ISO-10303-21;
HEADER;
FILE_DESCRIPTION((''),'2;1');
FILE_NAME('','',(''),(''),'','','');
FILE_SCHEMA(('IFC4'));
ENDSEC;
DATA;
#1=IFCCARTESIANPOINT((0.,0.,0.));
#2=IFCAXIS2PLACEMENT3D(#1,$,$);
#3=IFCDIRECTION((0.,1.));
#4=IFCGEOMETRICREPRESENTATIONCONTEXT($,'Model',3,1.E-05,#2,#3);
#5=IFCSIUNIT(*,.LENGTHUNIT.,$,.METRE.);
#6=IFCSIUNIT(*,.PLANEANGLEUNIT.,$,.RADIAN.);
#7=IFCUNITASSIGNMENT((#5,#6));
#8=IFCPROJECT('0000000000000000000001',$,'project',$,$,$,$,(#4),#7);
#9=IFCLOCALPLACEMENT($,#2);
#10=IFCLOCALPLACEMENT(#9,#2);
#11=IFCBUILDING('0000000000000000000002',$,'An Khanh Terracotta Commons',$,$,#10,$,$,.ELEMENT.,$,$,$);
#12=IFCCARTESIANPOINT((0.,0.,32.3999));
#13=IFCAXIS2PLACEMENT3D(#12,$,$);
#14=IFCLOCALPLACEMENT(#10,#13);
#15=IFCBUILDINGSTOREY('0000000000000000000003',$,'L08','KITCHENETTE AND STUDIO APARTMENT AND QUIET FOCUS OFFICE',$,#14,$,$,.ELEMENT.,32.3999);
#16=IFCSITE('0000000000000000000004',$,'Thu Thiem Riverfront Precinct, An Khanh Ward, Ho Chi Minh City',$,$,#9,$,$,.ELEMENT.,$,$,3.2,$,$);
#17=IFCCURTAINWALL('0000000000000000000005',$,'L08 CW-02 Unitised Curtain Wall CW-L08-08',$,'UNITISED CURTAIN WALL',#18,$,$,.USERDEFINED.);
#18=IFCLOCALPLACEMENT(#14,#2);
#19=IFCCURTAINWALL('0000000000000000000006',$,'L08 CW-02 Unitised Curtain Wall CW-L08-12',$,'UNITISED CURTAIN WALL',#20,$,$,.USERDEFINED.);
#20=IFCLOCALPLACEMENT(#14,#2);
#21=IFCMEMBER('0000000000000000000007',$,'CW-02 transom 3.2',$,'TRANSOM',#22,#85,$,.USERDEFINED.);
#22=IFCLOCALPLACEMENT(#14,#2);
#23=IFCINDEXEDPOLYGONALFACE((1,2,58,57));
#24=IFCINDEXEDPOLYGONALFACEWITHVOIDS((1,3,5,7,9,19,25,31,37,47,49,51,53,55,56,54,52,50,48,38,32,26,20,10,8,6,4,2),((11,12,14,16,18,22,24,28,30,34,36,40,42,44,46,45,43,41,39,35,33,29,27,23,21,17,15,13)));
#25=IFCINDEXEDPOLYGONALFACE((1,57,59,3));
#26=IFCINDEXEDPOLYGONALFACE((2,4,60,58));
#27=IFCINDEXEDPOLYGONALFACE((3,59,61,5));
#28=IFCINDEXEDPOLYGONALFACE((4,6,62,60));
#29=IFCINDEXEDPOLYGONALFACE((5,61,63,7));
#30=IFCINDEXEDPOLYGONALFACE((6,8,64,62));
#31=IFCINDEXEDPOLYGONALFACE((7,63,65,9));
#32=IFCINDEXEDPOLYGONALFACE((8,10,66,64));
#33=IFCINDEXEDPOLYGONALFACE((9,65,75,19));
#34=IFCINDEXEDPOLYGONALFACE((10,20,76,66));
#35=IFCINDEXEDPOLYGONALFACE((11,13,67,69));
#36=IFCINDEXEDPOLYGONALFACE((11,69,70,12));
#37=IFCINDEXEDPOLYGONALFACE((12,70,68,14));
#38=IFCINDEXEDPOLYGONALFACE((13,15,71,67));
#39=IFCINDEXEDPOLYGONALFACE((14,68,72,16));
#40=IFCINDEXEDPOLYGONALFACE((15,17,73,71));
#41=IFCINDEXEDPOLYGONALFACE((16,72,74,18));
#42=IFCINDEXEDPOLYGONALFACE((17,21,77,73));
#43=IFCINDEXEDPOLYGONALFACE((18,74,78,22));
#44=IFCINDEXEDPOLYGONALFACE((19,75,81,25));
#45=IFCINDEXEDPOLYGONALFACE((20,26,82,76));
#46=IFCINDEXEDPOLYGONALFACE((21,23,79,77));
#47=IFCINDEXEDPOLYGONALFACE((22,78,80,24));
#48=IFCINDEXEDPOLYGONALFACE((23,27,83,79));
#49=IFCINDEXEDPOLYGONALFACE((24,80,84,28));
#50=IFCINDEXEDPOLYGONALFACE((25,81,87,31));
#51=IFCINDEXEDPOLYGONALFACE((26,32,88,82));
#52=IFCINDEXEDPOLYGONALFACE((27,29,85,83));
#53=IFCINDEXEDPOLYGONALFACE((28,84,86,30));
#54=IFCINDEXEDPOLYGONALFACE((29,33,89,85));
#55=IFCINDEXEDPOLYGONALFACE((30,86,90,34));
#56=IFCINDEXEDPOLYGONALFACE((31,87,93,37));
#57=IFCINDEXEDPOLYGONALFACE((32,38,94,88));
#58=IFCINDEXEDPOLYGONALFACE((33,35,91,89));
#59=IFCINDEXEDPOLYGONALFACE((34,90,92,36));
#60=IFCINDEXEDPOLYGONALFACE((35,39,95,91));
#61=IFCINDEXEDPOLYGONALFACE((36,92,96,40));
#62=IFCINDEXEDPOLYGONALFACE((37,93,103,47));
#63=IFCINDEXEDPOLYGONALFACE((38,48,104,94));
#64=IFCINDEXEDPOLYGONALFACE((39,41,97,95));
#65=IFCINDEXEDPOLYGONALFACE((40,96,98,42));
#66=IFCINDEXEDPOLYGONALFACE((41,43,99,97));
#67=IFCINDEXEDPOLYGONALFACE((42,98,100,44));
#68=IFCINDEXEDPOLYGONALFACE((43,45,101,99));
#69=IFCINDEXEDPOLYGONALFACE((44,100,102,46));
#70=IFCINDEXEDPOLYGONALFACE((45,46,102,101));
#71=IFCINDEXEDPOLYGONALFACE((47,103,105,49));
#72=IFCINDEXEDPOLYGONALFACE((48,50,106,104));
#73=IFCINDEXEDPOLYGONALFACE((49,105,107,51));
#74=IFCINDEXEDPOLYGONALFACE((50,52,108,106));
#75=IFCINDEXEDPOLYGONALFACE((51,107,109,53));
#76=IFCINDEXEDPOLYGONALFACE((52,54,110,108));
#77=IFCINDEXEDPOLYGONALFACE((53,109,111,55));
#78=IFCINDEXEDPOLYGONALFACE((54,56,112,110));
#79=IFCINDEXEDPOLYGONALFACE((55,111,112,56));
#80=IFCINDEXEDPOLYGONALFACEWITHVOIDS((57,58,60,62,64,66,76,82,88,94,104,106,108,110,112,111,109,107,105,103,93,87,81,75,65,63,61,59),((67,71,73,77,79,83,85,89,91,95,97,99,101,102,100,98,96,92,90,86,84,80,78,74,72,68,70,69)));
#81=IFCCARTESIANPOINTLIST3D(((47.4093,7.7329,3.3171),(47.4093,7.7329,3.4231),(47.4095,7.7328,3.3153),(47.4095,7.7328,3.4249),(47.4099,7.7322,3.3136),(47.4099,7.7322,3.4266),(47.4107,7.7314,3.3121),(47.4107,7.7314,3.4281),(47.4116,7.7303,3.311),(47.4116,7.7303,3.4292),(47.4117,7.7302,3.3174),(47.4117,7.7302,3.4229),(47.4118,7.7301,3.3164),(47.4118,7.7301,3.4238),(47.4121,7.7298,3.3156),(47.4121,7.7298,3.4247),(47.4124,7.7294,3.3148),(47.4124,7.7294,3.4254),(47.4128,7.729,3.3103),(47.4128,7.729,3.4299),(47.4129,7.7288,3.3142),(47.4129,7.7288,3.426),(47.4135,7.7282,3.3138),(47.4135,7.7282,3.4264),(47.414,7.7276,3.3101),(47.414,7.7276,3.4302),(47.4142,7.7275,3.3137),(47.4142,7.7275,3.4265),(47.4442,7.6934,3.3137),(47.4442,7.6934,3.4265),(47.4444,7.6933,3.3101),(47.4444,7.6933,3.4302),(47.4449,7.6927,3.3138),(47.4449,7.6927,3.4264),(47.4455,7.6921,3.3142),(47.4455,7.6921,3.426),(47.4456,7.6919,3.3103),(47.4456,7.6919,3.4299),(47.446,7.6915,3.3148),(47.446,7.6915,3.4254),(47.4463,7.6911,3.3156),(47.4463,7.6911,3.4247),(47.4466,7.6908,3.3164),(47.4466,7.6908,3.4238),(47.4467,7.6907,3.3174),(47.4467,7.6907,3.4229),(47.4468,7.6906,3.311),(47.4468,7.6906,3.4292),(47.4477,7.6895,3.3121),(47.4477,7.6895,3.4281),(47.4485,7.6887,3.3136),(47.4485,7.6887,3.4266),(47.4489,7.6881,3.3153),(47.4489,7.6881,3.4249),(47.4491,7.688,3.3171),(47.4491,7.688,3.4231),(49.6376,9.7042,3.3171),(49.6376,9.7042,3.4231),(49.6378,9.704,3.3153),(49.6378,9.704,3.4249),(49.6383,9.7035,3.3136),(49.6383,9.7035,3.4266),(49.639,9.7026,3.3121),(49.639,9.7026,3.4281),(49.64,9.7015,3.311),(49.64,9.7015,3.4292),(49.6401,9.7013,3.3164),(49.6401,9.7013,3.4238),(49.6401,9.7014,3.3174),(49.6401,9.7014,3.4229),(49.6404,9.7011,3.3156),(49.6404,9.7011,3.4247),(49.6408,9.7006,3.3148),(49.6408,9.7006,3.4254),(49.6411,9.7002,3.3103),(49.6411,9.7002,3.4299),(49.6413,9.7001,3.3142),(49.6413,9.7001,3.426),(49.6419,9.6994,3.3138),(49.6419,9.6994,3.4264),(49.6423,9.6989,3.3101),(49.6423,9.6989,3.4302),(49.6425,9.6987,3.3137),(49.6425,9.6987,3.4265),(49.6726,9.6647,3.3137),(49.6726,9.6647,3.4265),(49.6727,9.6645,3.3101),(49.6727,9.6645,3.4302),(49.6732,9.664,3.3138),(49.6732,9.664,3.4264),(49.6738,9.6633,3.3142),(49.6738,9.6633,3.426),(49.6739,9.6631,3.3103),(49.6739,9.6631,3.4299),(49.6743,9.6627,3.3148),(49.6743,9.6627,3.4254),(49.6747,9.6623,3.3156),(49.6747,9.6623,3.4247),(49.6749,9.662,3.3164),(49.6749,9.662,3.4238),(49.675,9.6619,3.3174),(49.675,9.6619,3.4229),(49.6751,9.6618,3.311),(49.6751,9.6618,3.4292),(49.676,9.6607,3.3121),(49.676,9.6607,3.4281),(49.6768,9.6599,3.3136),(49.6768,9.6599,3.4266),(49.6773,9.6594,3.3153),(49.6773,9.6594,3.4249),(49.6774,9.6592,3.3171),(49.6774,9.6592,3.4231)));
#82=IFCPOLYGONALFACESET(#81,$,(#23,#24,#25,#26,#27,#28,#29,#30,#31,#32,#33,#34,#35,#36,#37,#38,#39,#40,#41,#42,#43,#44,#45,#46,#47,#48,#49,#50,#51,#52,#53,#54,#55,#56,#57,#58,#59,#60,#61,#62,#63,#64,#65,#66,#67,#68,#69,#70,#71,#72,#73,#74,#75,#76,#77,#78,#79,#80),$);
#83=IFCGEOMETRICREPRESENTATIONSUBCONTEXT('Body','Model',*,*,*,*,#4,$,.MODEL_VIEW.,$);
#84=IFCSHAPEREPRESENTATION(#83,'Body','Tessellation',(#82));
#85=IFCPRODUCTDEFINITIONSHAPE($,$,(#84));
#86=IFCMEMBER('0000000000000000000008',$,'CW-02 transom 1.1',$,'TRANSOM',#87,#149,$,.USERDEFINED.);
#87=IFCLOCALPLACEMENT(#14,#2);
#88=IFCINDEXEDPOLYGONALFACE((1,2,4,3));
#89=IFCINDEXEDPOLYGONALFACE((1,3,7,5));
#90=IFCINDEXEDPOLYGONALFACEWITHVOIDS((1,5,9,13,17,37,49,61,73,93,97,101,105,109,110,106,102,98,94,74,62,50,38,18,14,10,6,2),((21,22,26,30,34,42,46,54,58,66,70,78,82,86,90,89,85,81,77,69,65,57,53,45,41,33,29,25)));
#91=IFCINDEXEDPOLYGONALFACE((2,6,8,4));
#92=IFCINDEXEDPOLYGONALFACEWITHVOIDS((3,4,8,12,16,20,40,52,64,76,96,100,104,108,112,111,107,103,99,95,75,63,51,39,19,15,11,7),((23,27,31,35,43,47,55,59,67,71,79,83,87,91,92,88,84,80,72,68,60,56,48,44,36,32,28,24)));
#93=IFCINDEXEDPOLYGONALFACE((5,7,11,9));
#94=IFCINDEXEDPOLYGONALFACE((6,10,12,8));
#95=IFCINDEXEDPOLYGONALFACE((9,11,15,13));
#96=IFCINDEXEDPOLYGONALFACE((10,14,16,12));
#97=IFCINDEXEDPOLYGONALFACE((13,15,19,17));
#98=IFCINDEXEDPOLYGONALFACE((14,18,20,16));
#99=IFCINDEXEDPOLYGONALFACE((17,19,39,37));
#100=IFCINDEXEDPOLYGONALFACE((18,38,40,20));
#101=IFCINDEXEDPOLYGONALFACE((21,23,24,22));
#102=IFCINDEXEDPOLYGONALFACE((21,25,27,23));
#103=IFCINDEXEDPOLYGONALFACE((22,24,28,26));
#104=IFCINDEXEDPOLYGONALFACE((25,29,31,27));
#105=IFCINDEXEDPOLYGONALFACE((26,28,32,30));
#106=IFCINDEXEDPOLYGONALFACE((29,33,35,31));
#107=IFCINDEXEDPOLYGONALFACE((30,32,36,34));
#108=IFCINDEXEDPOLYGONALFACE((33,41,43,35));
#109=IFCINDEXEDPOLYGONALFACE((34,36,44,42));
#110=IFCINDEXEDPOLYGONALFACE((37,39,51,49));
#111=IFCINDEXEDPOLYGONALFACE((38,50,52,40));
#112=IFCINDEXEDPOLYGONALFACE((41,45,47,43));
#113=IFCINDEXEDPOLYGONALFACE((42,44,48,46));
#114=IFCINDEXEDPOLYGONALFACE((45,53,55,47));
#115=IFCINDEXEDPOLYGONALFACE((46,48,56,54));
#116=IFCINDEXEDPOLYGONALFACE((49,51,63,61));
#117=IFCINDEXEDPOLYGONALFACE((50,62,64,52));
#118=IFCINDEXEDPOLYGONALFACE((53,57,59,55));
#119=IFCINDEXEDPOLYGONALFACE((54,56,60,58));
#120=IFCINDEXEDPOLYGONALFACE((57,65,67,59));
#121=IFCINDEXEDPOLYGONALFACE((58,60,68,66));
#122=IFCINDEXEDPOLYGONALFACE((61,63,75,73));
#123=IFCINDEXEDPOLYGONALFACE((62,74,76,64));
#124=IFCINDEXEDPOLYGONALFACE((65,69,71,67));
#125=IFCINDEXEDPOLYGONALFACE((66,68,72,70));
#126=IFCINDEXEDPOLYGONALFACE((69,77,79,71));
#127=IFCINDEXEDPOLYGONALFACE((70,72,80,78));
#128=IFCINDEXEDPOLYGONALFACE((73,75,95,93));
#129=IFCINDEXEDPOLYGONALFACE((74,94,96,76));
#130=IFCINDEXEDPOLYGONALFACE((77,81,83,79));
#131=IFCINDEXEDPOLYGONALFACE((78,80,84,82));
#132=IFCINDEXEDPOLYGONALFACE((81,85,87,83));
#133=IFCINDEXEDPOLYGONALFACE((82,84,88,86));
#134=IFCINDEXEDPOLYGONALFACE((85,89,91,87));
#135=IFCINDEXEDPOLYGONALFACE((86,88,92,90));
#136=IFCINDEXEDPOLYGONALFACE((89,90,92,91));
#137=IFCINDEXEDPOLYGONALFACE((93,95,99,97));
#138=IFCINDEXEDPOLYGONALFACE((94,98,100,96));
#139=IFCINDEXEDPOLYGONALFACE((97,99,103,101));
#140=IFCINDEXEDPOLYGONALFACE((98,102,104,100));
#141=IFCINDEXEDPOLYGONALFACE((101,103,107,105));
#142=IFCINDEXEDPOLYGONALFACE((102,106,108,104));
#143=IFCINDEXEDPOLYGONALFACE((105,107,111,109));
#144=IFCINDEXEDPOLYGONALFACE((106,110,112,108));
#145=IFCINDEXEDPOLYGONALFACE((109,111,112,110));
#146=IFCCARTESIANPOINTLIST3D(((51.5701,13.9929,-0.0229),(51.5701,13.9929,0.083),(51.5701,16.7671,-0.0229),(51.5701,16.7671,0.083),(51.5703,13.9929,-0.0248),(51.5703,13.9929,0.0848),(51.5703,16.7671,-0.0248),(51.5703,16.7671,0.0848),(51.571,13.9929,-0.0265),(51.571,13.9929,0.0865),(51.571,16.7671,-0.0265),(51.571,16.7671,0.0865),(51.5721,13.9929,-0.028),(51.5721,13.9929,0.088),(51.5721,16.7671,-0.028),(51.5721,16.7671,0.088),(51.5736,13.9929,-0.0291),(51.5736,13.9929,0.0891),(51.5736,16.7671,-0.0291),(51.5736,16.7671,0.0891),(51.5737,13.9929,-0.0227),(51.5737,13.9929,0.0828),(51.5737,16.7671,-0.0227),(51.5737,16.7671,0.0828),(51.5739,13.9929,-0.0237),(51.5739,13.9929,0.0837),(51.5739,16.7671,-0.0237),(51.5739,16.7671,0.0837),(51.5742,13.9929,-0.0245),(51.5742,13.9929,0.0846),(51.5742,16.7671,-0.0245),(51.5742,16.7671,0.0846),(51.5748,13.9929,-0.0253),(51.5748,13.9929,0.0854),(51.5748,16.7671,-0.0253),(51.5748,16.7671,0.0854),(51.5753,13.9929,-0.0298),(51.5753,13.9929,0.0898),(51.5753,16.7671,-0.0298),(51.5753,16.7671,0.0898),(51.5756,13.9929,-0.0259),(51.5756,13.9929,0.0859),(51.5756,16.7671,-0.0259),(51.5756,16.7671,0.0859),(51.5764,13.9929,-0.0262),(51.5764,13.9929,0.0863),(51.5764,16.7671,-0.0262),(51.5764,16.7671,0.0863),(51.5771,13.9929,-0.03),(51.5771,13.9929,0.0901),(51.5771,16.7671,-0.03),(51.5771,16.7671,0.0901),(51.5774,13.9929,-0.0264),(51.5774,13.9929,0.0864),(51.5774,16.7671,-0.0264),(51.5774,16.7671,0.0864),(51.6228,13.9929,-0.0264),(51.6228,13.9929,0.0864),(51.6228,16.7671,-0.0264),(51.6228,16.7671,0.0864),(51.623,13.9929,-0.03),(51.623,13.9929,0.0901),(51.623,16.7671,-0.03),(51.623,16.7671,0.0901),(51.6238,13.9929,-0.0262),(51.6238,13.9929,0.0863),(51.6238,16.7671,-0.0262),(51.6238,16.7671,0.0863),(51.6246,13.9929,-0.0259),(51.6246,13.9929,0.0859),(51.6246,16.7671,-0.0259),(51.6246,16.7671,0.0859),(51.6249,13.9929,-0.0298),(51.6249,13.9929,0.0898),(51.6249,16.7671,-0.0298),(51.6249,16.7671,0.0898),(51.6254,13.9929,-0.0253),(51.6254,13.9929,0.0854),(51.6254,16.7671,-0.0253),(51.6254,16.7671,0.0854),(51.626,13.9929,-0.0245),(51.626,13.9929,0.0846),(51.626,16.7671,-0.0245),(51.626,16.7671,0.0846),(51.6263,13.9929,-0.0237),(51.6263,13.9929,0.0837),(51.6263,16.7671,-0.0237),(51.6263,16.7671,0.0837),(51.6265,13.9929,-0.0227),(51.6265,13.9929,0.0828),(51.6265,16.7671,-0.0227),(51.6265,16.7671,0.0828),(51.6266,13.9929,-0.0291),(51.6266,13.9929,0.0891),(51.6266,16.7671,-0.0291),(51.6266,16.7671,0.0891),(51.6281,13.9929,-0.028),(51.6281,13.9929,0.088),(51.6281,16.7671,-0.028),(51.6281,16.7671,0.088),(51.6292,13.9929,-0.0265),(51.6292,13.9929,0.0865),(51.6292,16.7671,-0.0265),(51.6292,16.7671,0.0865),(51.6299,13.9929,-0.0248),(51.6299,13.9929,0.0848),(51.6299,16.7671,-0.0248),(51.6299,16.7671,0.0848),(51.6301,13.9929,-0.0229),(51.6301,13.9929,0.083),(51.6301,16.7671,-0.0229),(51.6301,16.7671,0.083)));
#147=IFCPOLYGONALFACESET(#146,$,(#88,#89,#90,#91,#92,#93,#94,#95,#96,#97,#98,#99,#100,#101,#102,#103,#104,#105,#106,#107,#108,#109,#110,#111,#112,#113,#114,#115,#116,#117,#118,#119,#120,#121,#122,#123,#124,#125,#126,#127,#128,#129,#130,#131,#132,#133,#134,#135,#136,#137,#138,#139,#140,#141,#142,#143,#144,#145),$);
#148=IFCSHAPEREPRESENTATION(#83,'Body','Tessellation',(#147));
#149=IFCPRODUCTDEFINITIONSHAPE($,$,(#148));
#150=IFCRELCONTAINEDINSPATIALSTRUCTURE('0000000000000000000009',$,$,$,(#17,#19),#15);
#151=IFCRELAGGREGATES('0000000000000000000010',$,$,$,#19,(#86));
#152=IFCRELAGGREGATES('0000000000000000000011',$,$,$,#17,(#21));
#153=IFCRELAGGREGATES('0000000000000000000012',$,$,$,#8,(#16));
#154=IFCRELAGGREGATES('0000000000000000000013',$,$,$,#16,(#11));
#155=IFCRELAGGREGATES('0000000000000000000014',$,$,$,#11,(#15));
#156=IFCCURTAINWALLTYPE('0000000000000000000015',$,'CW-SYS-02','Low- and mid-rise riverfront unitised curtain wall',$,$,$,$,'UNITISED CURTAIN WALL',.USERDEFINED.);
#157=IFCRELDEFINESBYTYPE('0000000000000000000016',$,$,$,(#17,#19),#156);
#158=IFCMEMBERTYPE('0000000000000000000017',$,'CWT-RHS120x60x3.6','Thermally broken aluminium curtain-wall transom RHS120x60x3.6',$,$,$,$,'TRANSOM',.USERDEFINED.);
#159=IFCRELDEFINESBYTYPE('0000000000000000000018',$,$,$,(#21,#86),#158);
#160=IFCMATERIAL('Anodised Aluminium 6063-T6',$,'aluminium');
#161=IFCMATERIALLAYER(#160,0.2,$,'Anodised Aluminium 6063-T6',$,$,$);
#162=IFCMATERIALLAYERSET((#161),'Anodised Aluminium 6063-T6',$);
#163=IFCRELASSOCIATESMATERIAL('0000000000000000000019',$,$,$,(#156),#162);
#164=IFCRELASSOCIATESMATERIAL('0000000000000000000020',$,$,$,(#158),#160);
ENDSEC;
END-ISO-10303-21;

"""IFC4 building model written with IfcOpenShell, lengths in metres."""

from ifc_helpers import new_model, si_unit, direction, frame, origin, origin_2d, place, context, subcontext, project, spatial, hollow_rectangle, extrude, material, layer, layer_set, material_profile, profile_set, type_object, element, aggregate, save


model = new_model("IFC4")

# Units and contexts
model_context = context("Model", 3, precision=1e-05, world=origin(), true_north=direction((0.0, 1.0)))
body_context = subcontext(model_context, "Body", "Model", "MODEL_VIEW")
ifc_project = project(units=[si_unit("LENGTHUNIT", "METRE"), si_unit("PLANEANGLEUNIT", "RADIAN")], contexts=[model_context])

# Site, building, storey
site_placement = place(None, origin())
site = spatial("IfcSite", under=ifc_project, at=site_placement, Name="Thu Thiem Riverfront Precinct, An Khanh Ward, Ho Chi Minh City", CompositionType="ELEMENT", RefElevation=3.2)
building_placement = place(site_placement, origin())
building = spatial("IfcBuilding", under=site, at=building_placement, Name="An Khanh Terracotta Commons", CompositionType="ELEMENT")
storey_placement = place(building_placement, frame((0.0, 0.0, 32.3999)))
storey = spatial("IfcBuildingStorey", under=building, at=storey_placement, Name="L08", Description="KITCHENETTE AND STUDIO APARTMENT AND QUIET FOCUS OFFICE", CompositionType="ELEMENT", Elevation=32.3999)

# Curtain wall
ifc_material_1 = material(Name="Anodised Aluminium 6063-T6", Category="aluminium")
ifc_layer_1 = layer(ifc_material_1, 0.2, Name="Anodised Aluminium 6063-T6")
ifc_layer_set_1 = layer_set([ifc_layer_1], Name="Anodised Aluminium 6063-T6")
curtain_wall_type = type_object("IfcCurtainWallType", Name="CW-SYS-02", Description="Low- and mid-rise riverfront unitised curtain wall", ElementType="UNITISED CURTAIN WALL", PredefinedType="USERDEFINED", material=ifc_layer_set_1)
curtain_wall_1_placement = place(storey_placement, origin())
curtain_wall_1 = element("IfcCurtainWall", 1, at=curtain_wall_1_placement, inside=storey, type_object=curtain_wall_type, Name="L08 CW-02 Unitised Curtain Wall CW-L08-08", ObjectType="UNITISED CURTAIN WALL", PredefinedType="USERDEFINED")

# Curtain wall
curtain_wall_2_placement = place(storey_placement, origin())
curtain_wall_2 = element("IfcCurtainWall", 2, at=curtain_wall_2_placement, inside=storey, type_object=curtain_wall_type, Name="L08 CW-02 Unitised Curtain Wall CW-L08-12", ObjectType="UNITISED CURTAIN WALL", PredefinedType="USERDEFINED")

# Members
ifc_material_profile_1 = material_profile(ifc_material_1, hollow_rectangle(XDim=0.0601, YDim=0.1201, WallThickness=0.0037, InnerFilletRadius=0.0037, OuterFilletRadius=0.0071, at=origin_2d()), Name="RHS120x60x3.6")
ifc_profile_set_1 = profile_set([ifc_material_profile_1], Name="Anodised Aluminium 6063-T6")
member_type_1 = type_object("IfcMemberType", Name="CWT-RHS120x60x3.6", Description="Thermally broken aluminium curtain-wall transom RHS120x60x3.6", ElementType="TRANSOM", PredefinedType="USERDEFINED", material=ifc_profile_set_1)
member_1_placement = place(storey_placement, frame((47.4292, 7.7104, 3.3701), z_axis=(0.748992, 0.662579, 0.0), x_axis=(-0.662579, 0.748992, 0.0)))
member_1 = element("IfcMember", 3, at=member_1_placement, type_object=member_type_1, Name="CW-02 transom 3.2", ObjectType="TRANSOM", PredefinedType="USERDEFINED", context=body_context, shape_type="SweptSolid", body=[
    extrude(hollow_rectangle(XDim=0.0601, YDim=0.1201, WallThickness=0.0037, InnerFilletRadius=0.0037, OuterFilletRadius=0.0071, at=origin_2d()), origin(), (0.0, 0.0, 1.0), 2.9751),
])
member_2_placement = place(storey_placement, frame((51.6001, 13.9929, 0.03), z_axis=(0.0, 1.0, 0.0), x_axis=(-1.0, 0.0, 0.0)))
member_2 = element("IfcMember", 4, at=member_2_placement, type_object=member_type_1, Name="CW-02 transom 1.1", ObjectType="TRANSOM", PredefinedType="USERDEFINED", context=body_context, shape_type="SweptSolid", body=[
    extrude(hollow_rectangle(XDim=0.0601, YDim=0.1201, WallThickness=0.0037, InnerFilletRadius=0.0037, OuterFilletRadius=0.0071, at=origin_2d()), origin(), (0.0, 0.0, 1.0), 2.7742),
])
aggregate(curtain_wall_2, [member_2])

aggregate(curtain_wall_1, [member_1])

save(model, "model.ifc")
